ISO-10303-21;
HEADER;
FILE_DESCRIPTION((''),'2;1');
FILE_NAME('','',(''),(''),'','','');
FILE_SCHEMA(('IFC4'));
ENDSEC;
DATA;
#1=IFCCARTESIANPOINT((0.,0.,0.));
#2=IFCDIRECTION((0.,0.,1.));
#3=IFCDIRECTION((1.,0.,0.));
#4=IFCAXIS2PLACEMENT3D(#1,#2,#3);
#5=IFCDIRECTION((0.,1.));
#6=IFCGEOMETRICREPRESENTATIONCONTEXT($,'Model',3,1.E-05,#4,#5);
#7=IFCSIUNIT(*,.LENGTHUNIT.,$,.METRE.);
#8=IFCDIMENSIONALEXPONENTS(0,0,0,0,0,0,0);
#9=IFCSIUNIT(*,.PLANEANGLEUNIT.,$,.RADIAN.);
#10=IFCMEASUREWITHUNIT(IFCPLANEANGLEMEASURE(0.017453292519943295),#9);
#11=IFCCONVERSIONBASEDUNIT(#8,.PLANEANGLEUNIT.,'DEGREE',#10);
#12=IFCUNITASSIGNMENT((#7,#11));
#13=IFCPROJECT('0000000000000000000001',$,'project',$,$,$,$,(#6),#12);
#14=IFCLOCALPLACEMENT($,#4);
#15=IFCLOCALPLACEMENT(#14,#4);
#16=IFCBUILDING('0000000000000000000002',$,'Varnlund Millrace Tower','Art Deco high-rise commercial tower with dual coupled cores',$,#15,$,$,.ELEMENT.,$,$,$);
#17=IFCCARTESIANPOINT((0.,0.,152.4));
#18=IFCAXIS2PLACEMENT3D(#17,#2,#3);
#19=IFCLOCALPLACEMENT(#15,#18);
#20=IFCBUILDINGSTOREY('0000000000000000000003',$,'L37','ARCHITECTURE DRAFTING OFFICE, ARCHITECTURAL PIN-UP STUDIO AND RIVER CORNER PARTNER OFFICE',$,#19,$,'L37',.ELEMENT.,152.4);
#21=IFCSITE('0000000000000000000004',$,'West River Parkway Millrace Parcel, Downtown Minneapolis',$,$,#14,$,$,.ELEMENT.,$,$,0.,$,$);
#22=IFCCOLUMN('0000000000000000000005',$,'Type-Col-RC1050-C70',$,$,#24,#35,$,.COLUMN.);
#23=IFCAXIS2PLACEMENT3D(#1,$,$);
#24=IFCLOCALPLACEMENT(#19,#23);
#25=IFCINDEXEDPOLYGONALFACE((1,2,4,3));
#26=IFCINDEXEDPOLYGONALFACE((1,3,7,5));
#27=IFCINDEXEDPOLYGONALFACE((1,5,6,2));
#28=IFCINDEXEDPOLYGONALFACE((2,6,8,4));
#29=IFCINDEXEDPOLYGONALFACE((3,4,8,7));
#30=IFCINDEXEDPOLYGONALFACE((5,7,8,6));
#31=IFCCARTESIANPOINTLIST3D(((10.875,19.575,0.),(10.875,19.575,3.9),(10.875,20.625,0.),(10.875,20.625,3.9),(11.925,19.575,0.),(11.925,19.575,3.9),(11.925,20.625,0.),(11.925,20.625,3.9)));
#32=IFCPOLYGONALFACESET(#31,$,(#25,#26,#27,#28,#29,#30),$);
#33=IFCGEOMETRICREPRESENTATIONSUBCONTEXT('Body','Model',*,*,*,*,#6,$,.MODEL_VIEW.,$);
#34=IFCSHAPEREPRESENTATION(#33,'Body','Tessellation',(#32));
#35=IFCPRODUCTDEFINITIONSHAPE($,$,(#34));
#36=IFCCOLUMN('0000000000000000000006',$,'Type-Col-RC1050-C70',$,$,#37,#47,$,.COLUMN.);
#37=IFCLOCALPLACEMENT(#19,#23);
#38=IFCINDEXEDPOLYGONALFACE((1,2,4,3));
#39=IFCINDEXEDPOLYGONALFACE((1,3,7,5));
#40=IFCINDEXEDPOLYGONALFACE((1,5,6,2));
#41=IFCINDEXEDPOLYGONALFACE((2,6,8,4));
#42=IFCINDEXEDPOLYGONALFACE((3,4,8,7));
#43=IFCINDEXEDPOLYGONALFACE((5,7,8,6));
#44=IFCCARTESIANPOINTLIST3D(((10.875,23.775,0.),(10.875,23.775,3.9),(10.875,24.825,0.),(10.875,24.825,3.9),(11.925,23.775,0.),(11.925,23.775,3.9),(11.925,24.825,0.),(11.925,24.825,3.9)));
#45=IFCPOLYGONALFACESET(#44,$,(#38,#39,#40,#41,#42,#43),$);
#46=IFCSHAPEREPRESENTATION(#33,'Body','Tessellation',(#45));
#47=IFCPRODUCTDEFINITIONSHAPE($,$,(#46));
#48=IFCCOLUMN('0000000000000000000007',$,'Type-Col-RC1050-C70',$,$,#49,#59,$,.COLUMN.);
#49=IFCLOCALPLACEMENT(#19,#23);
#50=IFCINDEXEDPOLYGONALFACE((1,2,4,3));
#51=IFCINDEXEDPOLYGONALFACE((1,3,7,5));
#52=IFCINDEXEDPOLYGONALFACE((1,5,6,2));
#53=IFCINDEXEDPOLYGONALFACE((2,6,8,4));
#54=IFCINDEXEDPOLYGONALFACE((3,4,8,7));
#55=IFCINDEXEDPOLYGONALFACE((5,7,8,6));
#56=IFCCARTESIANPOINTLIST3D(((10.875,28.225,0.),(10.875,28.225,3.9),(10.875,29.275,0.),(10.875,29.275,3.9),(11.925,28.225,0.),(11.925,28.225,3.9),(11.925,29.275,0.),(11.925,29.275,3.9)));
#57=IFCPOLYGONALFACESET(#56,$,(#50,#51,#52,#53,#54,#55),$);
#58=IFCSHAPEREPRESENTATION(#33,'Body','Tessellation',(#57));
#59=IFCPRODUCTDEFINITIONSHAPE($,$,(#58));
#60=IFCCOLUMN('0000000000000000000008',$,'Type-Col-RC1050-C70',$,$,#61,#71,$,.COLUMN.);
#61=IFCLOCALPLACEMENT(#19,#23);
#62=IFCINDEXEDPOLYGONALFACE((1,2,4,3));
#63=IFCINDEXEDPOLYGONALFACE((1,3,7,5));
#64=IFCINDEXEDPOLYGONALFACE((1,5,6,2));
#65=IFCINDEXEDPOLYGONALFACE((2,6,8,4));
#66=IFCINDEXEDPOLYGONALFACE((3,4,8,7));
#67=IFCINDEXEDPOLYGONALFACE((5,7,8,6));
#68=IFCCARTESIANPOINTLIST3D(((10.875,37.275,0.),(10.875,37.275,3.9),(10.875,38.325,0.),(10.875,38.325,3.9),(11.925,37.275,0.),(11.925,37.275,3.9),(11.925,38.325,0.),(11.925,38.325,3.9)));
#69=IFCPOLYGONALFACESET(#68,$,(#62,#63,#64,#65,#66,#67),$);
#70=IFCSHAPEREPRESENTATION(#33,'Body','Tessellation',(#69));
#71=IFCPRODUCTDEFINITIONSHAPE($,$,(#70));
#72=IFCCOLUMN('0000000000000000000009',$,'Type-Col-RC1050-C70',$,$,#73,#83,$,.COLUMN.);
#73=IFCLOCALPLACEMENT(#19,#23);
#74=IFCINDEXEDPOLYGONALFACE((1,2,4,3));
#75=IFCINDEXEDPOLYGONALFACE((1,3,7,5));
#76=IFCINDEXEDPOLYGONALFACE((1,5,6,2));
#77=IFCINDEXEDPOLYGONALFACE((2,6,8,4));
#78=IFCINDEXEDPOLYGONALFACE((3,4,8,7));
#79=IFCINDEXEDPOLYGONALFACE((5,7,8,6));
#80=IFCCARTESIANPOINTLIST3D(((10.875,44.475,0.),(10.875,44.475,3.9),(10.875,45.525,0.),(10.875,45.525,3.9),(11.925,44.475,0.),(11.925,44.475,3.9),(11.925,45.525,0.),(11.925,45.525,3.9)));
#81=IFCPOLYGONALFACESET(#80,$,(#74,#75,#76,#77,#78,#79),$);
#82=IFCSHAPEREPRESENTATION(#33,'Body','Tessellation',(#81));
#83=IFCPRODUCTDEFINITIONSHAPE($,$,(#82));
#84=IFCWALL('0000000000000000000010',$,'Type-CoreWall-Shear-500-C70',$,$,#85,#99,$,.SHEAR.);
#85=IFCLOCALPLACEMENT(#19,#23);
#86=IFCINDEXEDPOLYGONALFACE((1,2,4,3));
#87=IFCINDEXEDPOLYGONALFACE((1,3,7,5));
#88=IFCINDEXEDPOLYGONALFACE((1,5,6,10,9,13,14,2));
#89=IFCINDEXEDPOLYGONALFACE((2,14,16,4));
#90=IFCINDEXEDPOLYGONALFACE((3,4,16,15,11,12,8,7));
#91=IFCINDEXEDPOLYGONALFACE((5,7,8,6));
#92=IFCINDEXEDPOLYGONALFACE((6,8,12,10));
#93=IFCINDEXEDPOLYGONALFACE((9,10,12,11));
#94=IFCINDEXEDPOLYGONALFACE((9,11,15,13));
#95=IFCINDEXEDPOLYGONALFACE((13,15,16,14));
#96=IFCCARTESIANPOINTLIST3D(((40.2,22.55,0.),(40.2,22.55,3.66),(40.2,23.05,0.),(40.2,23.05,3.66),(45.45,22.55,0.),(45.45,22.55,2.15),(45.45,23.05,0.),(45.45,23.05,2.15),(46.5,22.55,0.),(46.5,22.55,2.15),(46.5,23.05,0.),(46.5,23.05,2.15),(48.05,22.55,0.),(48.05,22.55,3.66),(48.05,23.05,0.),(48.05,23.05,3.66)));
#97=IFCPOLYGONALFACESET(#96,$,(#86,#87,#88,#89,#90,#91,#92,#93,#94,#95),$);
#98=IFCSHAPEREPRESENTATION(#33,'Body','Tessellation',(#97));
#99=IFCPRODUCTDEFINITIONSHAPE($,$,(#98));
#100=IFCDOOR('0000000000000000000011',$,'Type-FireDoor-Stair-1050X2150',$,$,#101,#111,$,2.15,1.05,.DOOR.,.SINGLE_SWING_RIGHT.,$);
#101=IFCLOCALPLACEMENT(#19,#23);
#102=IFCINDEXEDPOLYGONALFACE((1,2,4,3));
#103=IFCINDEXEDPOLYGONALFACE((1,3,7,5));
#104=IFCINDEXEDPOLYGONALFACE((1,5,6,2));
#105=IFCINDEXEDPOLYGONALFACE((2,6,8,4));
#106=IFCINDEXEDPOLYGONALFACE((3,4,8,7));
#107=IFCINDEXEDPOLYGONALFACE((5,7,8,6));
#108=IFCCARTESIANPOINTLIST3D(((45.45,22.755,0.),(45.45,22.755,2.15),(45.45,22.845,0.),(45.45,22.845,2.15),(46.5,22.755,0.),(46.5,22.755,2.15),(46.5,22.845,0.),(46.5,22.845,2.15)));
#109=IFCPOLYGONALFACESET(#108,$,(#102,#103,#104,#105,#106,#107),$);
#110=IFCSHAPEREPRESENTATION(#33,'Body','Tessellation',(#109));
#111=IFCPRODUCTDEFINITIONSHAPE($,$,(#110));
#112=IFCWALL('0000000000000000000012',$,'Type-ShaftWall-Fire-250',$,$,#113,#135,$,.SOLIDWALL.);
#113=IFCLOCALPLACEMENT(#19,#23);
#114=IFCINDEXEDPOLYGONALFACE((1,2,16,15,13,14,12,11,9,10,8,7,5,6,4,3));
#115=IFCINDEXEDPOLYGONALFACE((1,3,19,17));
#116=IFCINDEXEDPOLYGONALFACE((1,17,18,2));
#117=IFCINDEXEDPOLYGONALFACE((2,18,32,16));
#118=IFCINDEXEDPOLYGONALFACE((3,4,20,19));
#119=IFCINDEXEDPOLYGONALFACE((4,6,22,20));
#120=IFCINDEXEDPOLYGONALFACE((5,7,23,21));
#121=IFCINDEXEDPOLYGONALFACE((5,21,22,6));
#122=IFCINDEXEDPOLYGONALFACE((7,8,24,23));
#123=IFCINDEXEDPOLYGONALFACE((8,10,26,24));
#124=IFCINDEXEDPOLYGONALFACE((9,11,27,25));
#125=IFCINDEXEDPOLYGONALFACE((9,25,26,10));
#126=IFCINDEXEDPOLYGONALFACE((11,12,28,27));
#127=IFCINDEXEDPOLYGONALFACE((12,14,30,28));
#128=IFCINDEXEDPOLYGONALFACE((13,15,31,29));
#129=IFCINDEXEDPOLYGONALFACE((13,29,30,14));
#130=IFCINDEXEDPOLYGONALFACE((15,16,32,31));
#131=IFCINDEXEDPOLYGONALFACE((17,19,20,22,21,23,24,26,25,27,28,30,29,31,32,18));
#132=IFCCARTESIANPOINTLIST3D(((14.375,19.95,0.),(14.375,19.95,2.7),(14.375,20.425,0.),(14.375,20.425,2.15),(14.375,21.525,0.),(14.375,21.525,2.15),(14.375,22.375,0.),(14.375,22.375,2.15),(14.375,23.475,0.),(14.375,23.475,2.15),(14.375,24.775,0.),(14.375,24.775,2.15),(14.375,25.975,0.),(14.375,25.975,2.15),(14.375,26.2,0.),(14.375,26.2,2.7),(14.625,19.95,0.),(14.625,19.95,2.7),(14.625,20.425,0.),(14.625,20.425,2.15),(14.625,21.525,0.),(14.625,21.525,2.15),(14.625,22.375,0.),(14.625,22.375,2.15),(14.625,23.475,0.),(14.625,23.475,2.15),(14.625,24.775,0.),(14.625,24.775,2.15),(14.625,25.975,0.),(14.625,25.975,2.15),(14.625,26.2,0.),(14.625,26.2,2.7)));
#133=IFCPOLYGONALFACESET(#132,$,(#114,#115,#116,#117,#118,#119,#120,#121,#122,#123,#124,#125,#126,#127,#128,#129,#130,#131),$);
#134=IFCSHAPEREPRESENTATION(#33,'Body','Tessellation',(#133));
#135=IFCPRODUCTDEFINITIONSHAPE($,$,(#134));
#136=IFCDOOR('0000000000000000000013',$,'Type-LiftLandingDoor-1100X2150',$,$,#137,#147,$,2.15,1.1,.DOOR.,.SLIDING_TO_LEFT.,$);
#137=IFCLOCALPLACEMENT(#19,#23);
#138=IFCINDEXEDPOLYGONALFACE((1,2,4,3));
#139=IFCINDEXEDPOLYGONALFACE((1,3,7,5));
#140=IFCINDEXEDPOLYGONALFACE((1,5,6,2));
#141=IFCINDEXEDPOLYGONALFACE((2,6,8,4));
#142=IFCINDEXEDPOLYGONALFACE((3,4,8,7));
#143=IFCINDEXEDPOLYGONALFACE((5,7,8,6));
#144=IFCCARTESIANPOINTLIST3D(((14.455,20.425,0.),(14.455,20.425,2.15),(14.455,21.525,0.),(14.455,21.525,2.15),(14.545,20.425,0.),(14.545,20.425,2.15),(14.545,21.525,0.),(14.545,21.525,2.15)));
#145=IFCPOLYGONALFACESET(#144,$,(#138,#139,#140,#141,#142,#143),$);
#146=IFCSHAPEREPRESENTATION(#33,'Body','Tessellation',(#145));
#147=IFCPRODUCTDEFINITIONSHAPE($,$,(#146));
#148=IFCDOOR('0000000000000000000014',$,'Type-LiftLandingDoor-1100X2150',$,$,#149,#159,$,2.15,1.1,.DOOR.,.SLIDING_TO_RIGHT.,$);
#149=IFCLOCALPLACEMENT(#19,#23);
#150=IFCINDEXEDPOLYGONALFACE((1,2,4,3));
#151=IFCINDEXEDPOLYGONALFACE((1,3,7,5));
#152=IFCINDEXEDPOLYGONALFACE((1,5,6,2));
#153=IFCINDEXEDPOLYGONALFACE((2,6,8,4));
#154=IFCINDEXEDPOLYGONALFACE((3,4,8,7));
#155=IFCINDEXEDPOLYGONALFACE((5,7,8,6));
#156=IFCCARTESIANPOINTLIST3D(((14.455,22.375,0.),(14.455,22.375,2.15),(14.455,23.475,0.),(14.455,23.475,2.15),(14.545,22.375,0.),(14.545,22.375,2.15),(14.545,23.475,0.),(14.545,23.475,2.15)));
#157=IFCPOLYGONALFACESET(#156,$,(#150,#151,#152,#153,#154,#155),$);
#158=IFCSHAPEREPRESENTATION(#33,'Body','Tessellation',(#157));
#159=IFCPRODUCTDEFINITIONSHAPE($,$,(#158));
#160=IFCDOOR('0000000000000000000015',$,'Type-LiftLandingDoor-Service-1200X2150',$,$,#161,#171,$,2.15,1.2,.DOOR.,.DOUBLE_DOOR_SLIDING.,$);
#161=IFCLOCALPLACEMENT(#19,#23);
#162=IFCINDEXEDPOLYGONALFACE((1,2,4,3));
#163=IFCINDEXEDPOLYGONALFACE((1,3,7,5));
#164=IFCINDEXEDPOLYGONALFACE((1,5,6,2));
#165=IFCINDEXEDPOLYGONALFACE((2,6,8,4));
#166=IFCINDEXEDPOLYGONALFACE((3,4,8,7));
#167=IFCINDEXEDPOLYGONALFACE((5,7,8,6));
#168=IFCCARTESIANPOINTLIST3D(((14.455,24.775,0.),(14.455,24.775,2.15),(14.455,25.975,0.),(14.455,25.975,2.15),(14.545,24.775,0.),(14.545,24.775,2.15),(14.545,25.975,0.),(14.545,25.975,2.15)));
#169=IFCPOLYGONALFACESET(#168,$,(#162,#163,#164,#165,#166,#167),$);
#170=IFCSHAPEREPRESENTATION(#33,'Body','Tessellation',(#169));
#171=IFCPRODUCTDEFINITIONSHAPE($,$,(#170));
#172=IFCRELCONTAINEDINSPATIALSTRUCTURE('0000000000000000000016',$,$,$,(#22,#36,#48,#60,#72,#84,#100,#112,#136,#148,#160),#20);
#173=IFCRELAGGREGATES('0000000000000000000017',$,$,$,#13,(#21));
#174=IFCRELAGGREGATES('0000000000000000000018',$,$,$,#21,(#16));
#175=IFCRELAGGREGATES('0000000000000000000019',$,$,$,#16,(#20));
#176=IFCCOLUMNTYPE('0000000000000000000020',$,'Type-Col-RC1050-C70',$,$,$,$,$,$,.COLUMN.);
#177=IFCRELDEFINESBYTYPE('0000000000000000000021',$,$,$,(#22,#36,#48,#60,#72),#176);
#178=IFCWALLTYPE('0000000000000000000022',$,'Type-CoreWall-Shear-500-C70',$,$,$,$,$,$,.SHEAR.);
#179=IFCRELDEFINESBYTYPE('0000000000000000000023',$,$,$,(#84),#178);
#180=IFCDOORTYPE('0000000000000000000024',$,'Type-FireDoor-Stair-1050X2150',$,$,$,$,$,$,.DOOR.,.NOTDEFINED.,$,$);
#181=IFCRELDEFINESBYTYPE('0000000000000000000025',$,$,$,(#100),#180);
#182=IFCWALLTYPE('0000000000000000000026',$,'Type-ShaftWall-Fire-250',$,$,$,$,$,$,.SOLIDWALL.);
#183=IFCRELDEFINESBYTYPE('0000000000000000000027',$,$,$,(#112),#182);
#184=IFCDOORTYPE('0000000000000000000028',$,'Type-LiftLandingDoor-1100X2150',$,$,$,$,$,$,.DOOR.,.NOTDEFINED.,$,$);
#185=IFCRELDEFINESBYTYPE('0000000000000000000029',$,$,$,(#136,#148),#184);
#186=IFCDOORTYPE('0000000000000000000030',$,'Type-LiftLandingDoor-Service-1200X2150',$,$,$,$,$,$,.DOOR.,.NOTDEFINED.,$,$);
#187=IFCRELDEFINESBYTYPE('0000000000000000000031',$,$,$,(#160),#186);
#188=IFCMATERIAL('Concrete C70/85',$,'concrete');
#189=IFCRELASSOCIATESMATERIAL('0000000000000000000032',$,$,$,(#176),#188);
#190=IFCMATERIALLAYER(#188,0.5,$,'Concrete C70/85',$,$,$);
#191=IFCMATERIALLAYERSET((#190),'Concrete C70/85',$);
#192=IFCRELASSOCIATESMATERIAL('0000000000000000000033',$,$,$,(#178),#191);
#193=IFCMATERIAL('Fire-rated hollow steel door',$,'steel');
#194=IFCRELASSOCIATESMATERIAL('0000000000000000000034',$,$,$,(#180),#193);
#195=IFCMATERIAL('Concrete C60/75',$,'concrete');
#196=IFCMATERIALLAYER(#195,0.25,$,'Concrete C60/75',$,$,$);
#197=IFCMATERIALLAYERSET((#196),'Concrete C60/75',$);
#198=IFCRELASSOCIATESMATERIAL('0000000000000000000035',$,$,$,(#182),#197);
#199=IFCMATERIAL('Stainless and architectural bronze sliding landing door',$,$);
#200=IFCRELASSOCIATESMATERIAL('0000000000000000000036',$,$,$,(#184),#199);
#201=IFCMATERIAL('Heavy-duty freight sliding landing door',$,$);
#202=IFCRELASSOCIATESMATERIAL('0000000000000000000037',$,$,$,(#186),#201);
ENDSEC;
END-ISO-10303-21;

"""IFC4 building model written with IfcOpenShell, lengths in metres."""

from ifc_helpers import new_model, entity, si_unit, converted_unit, direction, frame, origin_with_axes, origin_2d_with_axis, place, context, subcontext, project, spatial, polyline, rectangle, outline, extrude, material, layer, layer_set, material_profile, profile_set, type_object, element, fill, save


model = new_model("IFC4")

# Units and contexts
model_context = context("Model", 3, precision=1e-05, world=origin_with_axes(), true_north=direction((0.0, 1.0)))
body_context = subcontext(model_context, "Body", "Model", "MODEL_VIEW")
ifc_project = project(units=[si_unit("LENGTHUNIT", "METRE"), converted_unit("PLANEANGLEUNIT", "DEGREE", entity("IfcPlaneAngleMeasure", 0.017453292519943295), si_unit("PLANEANGLEUNIT", "RADIAN"), dimensions=[0, 0, 0, 0, 0, 0, 0])], contexts=[model_context])

# Site, building, storey
site_placement = place(None, origin_with_axes())
site = spatial("IfcSite", under=ifc_project, at=site_placement, Name="West River Parkway Millrace Parcel, Downtown Minneapolis", CompositionType="ELEMENT", RefElevation=0.0)
building_placement = place(site_placement, origin_with_axes())
building = spatial("IfcBuilding", under=site, at=building_placement, Name="Varnlund Millrace Tower", Description="Art Deco high-rise commercial tower with dual coupled cores", CompositionType="ELEMENT")
storey_placement = place(building_placement, frame((0.0, 0.0, 152.4), z_axis=(0.0, 0.0, 1.0), x_axis=(1.0, 0.0, 0.0)))
storey = spatial("IfcBuildingStorey", under=building, at=storey_placement, Name="L37", Description="ARCHITECTURE DRAFTING OFFICE, ARCHITECTURAL PIN-UP STUDIO AND RIVER CORNER PARTNER OFFICE", LongName="L37", CompositionType="ELEMENT", Elevation=152.4)

# Columns
ifc_material_1 = material(Name="Concrete C70/85", Category="concrete")
ifc_material_profile = material_profile(ifc_material_1, rectangle(XDim=1.05, YDim=1.05, at=origin_2d_with_axis()), Name="Concrete C70/85")
ifc_profile_set = profile_set([ifc_material_profile], Name="Concrete C70/85")
column_type = type_object("IfcColumnType", Name="Type-Col-RC1050-C70", PredefinedType="COLUMN", material=ifc_profile_set)
for number, where, z_axis, x_axis, name in (
    (1, (11.4, 20.1, 0.0), (0.0, 0.0, 1.0), (1.0, 0.0, 0.0), "Type-Col-RC1050-C70"),
    (2, (11.4, 24.3, 0.0), (0.0, 0.0, 1.0), (1.0, 0.0, 0.0), "Type-Col-RC1050-C70"),
    (3, (11.4, 28.75, 0.0), (0.0, 0.0, 1.0), (1.0, 0.0, 0.0), "Type-Col-RC1050-C70"),
    (4, (11.4, 37.8, 0.0), (0.0, 0.0, 1.0), (1.0, 0.0, 0.0), "Type-Col-RC1050-C70"),
    (5, (11.4, 45.0, 0.0), (0.0, 0.0, 1.0), (1.0, 0.0, 0.0), "Type-Col-RC1050-C70"),
):
    element("IfcColumn", number, at=place(storey_placement, frame(where, z_axis=z_axis, x_axis=x_axis)), inside=storey, type_object=column_type, Name=name, PredefinedType="COLUMN", context=body_context, shape_type="SweptSolid", body=[
        extrude(rectangle(XDim=1.05, YDim=1.05, at=origin_2d_with_axis()), origin_with_axes(), (0.0, 0.0, 1.0), 3.9),
    ])

# Wall, opening, door
ifc_layer_1 = layer(ifc_material_1, 0.5, Name="Concrete C70/85")
ifc_layer_set_1 = layer_set([ifc_layer_1], Name="Concrete C70/85")
wall_type_1 = type_object("IfcWallType", Name="Type-CoreWall-Shear-500-C70", PredefinedType="SHEAR", material=ifc_layer_set_1)
wall_1_placement = place(storey_placement, frame((40.2, 22.8, 0.0), z_axis=(0.0, 0.0, 1.0), x_axis=(1.0, 0.0, 0.0)))
wall_1 = element("IfcWall", 6, at=wall_1_placement, inside=storey, type_object=wall_type_1, Name="Type-CoreWall-Shear-500-C70", PredefinedType="SHEAR", context=body_context, shape_type="SweptSolid", body=[
    extrude(outline(polyline([(0.0, -0.25), (7.85, -0.25), (7.85, 0.25), (0.0, 0.25), (0.0, -0.25)])), origin_with_axes(), (0.0, 0.0, 1.0), 3.66),
])
opening_1_placement = place(wall_1_placement, frame((5.775, 0.0, 0.0), z_axis=(0.0, 0.0, 1.0), x_axis=(1.0, 0.0, 0.0)))
opening_1 = element("IfcOpeningElement", 7, at=opening_1_placement, cuts=wall_1, PredefinedType="OPENING", context=body_context, shape_type="SweptSolid", body=[
    extrude(rectangle(XDim=1.05, YDim=0.52, at=origin_2d_with_axis()), origin_with_axes(), (0.0, 0.0, 1.0), 2.15),
])
ifc_material_2 = material(Name="Fire-rated hollow steel door", Category="steel")
door_type_1 = type_object("IfcDoorType", Name="Type-FireDoor-Stair-1050X2150", OperationType="NOTDEFINED", PredefinedType="DOOR", material=ifc_material_2)
door_1_placement = place(wall_1_placement, frame((5.775, 0.0, 0.0), z_axis=(0.0, 0.0, 1.0), x_axis=(1.0, 0.0, 0.0)))
door_1 = element("IfcDoor", 8, at=door_1_placement, inside=storey, type_object=door_type_1, Name="Type-FireDoor-Stair-1050X2150", OperationType="SINGLE_SWING_RIGHT", OverallHeight=2.15, OverallWidth=1.05, PredefinedType="DOOR", context=body_context, shape_type="SweptSolid", body=[
    extrude(rectangle(XDim=1.05, YDim=0.09, at=origin_2d_with_axis()), origin_with_axes(), (0.0, 0.0, 1.0), 2.15),
])
fill(opening_1, door_1)

# Wall, openings, doors
ifc_material_3 = material(Name="Concrete C60/75", Category="concrete")
ifc_layer_2 = layer(ifc_material_3, 0.25, Name="Concrete C60/75")
ifc_layer_set_2 = layer_set([ifc_layer_2], Name="Concrete C60/75")
wall_type_2 = type_object("IfcWallType", Name="Type-ShaftWall-Fire-250", PredefinedType="SOLIDWALL", material=ifc_layer_set_2)
wall_2_placement = place(storey_placement, frame((14.5, 19.95, 0.0), z_axis=(0.0, 0.0, 1.0), x_axis=(0.0, 1.0, 0.0)))
wall_2 = element("IfcWall", 9, at=wall_2_placement, inside=storey, type_object=wall_type_2, Name="Type-ShaftWall-Fire-250", PredefinedType="SOLIDWALL", context=body_context, shape_type="SweptSolid", body=[
    extrude(outline(polyline([(0.0, -0.125), (6.25, -0.125), (6.25, 0.125), (0.0, 0.125), (0.0, -0.125)])), origin_with_axes(), (0.0, 0.0, 1.0), 2.7),
])
opening_2_placement = place(wall_2_placement, frame((1.025, 0.0, 0.0), z_axis=(0.0, 0.0, 1.0), x_axis=(1.0, 0.0, 0.0)))
opening_2 = element("IfcOpeningElement", 10, at=opening_2_placement, cuts=wall_2, PredefinedType="OPENING", context=body_context, shape_type="SweptSolid", body=[
    extrude(rectangle(XDim=1.1, YDim=0.27, at=origin_2d_with_axis()), origin_with_axes(), (0.0, 0.0, 1.0), 2.15),
])
opening_3_placement = place(wall_2_placement, frame((2.975, 0.0, 0.0), z_axis=(0.0, 0.0, 1.0), x_axis=(1.0, 0.0, 0.0)))
opening_3 = element("IfcOpeningElement", 11, at=opening_3_placement, cuts=wall_2, PredefinedType="OPENING", context=body_context, shape_type="SweptSolid", body=[
    extrude(rectangle(XDim=1.1, YDim=0.27, at=origin_2d_with_axis()), origin_with_axes(), (0.0, 0.0, 1.0), 2.15),
])
opening_4_placement = place(wall_2_placement, frame((5.425, 0.0, 0.0), z_axis=(0.0, 0.0, 1.0), x_axis=(1.0, 0.0, 0.0)))
opening_4 = element("IfcOpeningElement", 12, at=opening_4_placement, cuts=wall_2, PredefinedType="OPENING", context=body_context, shape_type="SweptSolid", body=[
    extrude(rectangle(XDim=1.2, YDim=0.27, at=origin_2d_with_axis()), origin_with_axes(), (0.0, 0.0, 1.0), 2.15),
])
ifc_material_4 = material(Name="Stainless and architectural bronze sliding landing door")
door_type_2 = type_object("IfcDoorType", Name="Type-LiftLandingDoor-1100X2150", OperationType="NOTDEFINED", PredefinedType="DOOR", material=ifc_material_4)
door_2_placement = place(wall_2_placement, frame((1.025, 0.0, 0.0), z_axis=(0.0, 0.0, 1.0), x_axis=(1.0, 0.0, 0.0)))
door_2 = element("IfcDoor", 13, at=door_2_placement, inside=storey, type_object=door_type_2, Name="Type-LiftLandingDoor-1100X2150", OperationType="SLIDING_TO_LEFT", OverallHeight=2.15, OverallWidth=1.1, PredefinedType="DOOR", context=body_context, shape_type="SweptSolid", body=[
    extrude(rectangle(XDim=1.1, YDim=0.09, at=origin_2d_with_axis()), origin_with_axes(), (0.0, 0.0, 1.0), 2.15),
])
fill(opening_2, door_2)
door_3_placement = place(wall_2_placement, frame((2.975, 0.0, 0.0), z_axis=(0.0, 0.0, 1.0), x_axis=(1.0, 0.0, 0.0)))
door_3 = element("IfcDoor", 14, at=door_3_placement, inside=storey, type_object=door_type_2, Name="Type-LiftLandingDoor-1100X2150", OperationType="SLIDING_TO_RIGHT", OverallHeight=2.15, OverallWidth=1.1, PredefinedType="DOOR", context=body_context, shape_type="SweptSolid", body=[
    extrude(rectangle(XDim=1.1, YDim=0.09, at=origin_2d_with_axis()), origin_with_axes(), (0.0, 0.0, 1.0), 2.15),
])
fill(opening_3, door_3)
ifc_material_5 = material(Name="Heavy-duty freight sliding landing door")
door_type_3 = type_object("IfcDoorType", Name="Type-LiftLandingDoor-Service-1200X2150", OperationType="NOTDEFINED", PredefinedType="DOOR", material=ifc_material_5)
door_4_placement = place(wall_2_placement, frame((5.425, 0.0, 0.0), z_axis=(0.0, 0.0, 1.0), x_axis=(1.0, 0.0, 0.0)))
door_4 = element("IfcDoor", 15, at=door_4_placement, inside=storey, type_object=door_type_3, Name="Type-LiftLandingDoor-Service-1200X2150", OperationType="DOUBLE_DOOR_SLIDING", OverallHeight=2.15, OverallWidth=1.2, PredefinedType="DOOR", context=body_context, shape_type="SweptSolid", body=[
    extrude(rectangle(XDim=1.2, YDim=0.09, at=origin_2d_with_axis()), origin_with_axes(), (0.0, 0.0, 1.0), 2.15),
])
fill(opening_4, door_4)

save(model, "model.ifc")
